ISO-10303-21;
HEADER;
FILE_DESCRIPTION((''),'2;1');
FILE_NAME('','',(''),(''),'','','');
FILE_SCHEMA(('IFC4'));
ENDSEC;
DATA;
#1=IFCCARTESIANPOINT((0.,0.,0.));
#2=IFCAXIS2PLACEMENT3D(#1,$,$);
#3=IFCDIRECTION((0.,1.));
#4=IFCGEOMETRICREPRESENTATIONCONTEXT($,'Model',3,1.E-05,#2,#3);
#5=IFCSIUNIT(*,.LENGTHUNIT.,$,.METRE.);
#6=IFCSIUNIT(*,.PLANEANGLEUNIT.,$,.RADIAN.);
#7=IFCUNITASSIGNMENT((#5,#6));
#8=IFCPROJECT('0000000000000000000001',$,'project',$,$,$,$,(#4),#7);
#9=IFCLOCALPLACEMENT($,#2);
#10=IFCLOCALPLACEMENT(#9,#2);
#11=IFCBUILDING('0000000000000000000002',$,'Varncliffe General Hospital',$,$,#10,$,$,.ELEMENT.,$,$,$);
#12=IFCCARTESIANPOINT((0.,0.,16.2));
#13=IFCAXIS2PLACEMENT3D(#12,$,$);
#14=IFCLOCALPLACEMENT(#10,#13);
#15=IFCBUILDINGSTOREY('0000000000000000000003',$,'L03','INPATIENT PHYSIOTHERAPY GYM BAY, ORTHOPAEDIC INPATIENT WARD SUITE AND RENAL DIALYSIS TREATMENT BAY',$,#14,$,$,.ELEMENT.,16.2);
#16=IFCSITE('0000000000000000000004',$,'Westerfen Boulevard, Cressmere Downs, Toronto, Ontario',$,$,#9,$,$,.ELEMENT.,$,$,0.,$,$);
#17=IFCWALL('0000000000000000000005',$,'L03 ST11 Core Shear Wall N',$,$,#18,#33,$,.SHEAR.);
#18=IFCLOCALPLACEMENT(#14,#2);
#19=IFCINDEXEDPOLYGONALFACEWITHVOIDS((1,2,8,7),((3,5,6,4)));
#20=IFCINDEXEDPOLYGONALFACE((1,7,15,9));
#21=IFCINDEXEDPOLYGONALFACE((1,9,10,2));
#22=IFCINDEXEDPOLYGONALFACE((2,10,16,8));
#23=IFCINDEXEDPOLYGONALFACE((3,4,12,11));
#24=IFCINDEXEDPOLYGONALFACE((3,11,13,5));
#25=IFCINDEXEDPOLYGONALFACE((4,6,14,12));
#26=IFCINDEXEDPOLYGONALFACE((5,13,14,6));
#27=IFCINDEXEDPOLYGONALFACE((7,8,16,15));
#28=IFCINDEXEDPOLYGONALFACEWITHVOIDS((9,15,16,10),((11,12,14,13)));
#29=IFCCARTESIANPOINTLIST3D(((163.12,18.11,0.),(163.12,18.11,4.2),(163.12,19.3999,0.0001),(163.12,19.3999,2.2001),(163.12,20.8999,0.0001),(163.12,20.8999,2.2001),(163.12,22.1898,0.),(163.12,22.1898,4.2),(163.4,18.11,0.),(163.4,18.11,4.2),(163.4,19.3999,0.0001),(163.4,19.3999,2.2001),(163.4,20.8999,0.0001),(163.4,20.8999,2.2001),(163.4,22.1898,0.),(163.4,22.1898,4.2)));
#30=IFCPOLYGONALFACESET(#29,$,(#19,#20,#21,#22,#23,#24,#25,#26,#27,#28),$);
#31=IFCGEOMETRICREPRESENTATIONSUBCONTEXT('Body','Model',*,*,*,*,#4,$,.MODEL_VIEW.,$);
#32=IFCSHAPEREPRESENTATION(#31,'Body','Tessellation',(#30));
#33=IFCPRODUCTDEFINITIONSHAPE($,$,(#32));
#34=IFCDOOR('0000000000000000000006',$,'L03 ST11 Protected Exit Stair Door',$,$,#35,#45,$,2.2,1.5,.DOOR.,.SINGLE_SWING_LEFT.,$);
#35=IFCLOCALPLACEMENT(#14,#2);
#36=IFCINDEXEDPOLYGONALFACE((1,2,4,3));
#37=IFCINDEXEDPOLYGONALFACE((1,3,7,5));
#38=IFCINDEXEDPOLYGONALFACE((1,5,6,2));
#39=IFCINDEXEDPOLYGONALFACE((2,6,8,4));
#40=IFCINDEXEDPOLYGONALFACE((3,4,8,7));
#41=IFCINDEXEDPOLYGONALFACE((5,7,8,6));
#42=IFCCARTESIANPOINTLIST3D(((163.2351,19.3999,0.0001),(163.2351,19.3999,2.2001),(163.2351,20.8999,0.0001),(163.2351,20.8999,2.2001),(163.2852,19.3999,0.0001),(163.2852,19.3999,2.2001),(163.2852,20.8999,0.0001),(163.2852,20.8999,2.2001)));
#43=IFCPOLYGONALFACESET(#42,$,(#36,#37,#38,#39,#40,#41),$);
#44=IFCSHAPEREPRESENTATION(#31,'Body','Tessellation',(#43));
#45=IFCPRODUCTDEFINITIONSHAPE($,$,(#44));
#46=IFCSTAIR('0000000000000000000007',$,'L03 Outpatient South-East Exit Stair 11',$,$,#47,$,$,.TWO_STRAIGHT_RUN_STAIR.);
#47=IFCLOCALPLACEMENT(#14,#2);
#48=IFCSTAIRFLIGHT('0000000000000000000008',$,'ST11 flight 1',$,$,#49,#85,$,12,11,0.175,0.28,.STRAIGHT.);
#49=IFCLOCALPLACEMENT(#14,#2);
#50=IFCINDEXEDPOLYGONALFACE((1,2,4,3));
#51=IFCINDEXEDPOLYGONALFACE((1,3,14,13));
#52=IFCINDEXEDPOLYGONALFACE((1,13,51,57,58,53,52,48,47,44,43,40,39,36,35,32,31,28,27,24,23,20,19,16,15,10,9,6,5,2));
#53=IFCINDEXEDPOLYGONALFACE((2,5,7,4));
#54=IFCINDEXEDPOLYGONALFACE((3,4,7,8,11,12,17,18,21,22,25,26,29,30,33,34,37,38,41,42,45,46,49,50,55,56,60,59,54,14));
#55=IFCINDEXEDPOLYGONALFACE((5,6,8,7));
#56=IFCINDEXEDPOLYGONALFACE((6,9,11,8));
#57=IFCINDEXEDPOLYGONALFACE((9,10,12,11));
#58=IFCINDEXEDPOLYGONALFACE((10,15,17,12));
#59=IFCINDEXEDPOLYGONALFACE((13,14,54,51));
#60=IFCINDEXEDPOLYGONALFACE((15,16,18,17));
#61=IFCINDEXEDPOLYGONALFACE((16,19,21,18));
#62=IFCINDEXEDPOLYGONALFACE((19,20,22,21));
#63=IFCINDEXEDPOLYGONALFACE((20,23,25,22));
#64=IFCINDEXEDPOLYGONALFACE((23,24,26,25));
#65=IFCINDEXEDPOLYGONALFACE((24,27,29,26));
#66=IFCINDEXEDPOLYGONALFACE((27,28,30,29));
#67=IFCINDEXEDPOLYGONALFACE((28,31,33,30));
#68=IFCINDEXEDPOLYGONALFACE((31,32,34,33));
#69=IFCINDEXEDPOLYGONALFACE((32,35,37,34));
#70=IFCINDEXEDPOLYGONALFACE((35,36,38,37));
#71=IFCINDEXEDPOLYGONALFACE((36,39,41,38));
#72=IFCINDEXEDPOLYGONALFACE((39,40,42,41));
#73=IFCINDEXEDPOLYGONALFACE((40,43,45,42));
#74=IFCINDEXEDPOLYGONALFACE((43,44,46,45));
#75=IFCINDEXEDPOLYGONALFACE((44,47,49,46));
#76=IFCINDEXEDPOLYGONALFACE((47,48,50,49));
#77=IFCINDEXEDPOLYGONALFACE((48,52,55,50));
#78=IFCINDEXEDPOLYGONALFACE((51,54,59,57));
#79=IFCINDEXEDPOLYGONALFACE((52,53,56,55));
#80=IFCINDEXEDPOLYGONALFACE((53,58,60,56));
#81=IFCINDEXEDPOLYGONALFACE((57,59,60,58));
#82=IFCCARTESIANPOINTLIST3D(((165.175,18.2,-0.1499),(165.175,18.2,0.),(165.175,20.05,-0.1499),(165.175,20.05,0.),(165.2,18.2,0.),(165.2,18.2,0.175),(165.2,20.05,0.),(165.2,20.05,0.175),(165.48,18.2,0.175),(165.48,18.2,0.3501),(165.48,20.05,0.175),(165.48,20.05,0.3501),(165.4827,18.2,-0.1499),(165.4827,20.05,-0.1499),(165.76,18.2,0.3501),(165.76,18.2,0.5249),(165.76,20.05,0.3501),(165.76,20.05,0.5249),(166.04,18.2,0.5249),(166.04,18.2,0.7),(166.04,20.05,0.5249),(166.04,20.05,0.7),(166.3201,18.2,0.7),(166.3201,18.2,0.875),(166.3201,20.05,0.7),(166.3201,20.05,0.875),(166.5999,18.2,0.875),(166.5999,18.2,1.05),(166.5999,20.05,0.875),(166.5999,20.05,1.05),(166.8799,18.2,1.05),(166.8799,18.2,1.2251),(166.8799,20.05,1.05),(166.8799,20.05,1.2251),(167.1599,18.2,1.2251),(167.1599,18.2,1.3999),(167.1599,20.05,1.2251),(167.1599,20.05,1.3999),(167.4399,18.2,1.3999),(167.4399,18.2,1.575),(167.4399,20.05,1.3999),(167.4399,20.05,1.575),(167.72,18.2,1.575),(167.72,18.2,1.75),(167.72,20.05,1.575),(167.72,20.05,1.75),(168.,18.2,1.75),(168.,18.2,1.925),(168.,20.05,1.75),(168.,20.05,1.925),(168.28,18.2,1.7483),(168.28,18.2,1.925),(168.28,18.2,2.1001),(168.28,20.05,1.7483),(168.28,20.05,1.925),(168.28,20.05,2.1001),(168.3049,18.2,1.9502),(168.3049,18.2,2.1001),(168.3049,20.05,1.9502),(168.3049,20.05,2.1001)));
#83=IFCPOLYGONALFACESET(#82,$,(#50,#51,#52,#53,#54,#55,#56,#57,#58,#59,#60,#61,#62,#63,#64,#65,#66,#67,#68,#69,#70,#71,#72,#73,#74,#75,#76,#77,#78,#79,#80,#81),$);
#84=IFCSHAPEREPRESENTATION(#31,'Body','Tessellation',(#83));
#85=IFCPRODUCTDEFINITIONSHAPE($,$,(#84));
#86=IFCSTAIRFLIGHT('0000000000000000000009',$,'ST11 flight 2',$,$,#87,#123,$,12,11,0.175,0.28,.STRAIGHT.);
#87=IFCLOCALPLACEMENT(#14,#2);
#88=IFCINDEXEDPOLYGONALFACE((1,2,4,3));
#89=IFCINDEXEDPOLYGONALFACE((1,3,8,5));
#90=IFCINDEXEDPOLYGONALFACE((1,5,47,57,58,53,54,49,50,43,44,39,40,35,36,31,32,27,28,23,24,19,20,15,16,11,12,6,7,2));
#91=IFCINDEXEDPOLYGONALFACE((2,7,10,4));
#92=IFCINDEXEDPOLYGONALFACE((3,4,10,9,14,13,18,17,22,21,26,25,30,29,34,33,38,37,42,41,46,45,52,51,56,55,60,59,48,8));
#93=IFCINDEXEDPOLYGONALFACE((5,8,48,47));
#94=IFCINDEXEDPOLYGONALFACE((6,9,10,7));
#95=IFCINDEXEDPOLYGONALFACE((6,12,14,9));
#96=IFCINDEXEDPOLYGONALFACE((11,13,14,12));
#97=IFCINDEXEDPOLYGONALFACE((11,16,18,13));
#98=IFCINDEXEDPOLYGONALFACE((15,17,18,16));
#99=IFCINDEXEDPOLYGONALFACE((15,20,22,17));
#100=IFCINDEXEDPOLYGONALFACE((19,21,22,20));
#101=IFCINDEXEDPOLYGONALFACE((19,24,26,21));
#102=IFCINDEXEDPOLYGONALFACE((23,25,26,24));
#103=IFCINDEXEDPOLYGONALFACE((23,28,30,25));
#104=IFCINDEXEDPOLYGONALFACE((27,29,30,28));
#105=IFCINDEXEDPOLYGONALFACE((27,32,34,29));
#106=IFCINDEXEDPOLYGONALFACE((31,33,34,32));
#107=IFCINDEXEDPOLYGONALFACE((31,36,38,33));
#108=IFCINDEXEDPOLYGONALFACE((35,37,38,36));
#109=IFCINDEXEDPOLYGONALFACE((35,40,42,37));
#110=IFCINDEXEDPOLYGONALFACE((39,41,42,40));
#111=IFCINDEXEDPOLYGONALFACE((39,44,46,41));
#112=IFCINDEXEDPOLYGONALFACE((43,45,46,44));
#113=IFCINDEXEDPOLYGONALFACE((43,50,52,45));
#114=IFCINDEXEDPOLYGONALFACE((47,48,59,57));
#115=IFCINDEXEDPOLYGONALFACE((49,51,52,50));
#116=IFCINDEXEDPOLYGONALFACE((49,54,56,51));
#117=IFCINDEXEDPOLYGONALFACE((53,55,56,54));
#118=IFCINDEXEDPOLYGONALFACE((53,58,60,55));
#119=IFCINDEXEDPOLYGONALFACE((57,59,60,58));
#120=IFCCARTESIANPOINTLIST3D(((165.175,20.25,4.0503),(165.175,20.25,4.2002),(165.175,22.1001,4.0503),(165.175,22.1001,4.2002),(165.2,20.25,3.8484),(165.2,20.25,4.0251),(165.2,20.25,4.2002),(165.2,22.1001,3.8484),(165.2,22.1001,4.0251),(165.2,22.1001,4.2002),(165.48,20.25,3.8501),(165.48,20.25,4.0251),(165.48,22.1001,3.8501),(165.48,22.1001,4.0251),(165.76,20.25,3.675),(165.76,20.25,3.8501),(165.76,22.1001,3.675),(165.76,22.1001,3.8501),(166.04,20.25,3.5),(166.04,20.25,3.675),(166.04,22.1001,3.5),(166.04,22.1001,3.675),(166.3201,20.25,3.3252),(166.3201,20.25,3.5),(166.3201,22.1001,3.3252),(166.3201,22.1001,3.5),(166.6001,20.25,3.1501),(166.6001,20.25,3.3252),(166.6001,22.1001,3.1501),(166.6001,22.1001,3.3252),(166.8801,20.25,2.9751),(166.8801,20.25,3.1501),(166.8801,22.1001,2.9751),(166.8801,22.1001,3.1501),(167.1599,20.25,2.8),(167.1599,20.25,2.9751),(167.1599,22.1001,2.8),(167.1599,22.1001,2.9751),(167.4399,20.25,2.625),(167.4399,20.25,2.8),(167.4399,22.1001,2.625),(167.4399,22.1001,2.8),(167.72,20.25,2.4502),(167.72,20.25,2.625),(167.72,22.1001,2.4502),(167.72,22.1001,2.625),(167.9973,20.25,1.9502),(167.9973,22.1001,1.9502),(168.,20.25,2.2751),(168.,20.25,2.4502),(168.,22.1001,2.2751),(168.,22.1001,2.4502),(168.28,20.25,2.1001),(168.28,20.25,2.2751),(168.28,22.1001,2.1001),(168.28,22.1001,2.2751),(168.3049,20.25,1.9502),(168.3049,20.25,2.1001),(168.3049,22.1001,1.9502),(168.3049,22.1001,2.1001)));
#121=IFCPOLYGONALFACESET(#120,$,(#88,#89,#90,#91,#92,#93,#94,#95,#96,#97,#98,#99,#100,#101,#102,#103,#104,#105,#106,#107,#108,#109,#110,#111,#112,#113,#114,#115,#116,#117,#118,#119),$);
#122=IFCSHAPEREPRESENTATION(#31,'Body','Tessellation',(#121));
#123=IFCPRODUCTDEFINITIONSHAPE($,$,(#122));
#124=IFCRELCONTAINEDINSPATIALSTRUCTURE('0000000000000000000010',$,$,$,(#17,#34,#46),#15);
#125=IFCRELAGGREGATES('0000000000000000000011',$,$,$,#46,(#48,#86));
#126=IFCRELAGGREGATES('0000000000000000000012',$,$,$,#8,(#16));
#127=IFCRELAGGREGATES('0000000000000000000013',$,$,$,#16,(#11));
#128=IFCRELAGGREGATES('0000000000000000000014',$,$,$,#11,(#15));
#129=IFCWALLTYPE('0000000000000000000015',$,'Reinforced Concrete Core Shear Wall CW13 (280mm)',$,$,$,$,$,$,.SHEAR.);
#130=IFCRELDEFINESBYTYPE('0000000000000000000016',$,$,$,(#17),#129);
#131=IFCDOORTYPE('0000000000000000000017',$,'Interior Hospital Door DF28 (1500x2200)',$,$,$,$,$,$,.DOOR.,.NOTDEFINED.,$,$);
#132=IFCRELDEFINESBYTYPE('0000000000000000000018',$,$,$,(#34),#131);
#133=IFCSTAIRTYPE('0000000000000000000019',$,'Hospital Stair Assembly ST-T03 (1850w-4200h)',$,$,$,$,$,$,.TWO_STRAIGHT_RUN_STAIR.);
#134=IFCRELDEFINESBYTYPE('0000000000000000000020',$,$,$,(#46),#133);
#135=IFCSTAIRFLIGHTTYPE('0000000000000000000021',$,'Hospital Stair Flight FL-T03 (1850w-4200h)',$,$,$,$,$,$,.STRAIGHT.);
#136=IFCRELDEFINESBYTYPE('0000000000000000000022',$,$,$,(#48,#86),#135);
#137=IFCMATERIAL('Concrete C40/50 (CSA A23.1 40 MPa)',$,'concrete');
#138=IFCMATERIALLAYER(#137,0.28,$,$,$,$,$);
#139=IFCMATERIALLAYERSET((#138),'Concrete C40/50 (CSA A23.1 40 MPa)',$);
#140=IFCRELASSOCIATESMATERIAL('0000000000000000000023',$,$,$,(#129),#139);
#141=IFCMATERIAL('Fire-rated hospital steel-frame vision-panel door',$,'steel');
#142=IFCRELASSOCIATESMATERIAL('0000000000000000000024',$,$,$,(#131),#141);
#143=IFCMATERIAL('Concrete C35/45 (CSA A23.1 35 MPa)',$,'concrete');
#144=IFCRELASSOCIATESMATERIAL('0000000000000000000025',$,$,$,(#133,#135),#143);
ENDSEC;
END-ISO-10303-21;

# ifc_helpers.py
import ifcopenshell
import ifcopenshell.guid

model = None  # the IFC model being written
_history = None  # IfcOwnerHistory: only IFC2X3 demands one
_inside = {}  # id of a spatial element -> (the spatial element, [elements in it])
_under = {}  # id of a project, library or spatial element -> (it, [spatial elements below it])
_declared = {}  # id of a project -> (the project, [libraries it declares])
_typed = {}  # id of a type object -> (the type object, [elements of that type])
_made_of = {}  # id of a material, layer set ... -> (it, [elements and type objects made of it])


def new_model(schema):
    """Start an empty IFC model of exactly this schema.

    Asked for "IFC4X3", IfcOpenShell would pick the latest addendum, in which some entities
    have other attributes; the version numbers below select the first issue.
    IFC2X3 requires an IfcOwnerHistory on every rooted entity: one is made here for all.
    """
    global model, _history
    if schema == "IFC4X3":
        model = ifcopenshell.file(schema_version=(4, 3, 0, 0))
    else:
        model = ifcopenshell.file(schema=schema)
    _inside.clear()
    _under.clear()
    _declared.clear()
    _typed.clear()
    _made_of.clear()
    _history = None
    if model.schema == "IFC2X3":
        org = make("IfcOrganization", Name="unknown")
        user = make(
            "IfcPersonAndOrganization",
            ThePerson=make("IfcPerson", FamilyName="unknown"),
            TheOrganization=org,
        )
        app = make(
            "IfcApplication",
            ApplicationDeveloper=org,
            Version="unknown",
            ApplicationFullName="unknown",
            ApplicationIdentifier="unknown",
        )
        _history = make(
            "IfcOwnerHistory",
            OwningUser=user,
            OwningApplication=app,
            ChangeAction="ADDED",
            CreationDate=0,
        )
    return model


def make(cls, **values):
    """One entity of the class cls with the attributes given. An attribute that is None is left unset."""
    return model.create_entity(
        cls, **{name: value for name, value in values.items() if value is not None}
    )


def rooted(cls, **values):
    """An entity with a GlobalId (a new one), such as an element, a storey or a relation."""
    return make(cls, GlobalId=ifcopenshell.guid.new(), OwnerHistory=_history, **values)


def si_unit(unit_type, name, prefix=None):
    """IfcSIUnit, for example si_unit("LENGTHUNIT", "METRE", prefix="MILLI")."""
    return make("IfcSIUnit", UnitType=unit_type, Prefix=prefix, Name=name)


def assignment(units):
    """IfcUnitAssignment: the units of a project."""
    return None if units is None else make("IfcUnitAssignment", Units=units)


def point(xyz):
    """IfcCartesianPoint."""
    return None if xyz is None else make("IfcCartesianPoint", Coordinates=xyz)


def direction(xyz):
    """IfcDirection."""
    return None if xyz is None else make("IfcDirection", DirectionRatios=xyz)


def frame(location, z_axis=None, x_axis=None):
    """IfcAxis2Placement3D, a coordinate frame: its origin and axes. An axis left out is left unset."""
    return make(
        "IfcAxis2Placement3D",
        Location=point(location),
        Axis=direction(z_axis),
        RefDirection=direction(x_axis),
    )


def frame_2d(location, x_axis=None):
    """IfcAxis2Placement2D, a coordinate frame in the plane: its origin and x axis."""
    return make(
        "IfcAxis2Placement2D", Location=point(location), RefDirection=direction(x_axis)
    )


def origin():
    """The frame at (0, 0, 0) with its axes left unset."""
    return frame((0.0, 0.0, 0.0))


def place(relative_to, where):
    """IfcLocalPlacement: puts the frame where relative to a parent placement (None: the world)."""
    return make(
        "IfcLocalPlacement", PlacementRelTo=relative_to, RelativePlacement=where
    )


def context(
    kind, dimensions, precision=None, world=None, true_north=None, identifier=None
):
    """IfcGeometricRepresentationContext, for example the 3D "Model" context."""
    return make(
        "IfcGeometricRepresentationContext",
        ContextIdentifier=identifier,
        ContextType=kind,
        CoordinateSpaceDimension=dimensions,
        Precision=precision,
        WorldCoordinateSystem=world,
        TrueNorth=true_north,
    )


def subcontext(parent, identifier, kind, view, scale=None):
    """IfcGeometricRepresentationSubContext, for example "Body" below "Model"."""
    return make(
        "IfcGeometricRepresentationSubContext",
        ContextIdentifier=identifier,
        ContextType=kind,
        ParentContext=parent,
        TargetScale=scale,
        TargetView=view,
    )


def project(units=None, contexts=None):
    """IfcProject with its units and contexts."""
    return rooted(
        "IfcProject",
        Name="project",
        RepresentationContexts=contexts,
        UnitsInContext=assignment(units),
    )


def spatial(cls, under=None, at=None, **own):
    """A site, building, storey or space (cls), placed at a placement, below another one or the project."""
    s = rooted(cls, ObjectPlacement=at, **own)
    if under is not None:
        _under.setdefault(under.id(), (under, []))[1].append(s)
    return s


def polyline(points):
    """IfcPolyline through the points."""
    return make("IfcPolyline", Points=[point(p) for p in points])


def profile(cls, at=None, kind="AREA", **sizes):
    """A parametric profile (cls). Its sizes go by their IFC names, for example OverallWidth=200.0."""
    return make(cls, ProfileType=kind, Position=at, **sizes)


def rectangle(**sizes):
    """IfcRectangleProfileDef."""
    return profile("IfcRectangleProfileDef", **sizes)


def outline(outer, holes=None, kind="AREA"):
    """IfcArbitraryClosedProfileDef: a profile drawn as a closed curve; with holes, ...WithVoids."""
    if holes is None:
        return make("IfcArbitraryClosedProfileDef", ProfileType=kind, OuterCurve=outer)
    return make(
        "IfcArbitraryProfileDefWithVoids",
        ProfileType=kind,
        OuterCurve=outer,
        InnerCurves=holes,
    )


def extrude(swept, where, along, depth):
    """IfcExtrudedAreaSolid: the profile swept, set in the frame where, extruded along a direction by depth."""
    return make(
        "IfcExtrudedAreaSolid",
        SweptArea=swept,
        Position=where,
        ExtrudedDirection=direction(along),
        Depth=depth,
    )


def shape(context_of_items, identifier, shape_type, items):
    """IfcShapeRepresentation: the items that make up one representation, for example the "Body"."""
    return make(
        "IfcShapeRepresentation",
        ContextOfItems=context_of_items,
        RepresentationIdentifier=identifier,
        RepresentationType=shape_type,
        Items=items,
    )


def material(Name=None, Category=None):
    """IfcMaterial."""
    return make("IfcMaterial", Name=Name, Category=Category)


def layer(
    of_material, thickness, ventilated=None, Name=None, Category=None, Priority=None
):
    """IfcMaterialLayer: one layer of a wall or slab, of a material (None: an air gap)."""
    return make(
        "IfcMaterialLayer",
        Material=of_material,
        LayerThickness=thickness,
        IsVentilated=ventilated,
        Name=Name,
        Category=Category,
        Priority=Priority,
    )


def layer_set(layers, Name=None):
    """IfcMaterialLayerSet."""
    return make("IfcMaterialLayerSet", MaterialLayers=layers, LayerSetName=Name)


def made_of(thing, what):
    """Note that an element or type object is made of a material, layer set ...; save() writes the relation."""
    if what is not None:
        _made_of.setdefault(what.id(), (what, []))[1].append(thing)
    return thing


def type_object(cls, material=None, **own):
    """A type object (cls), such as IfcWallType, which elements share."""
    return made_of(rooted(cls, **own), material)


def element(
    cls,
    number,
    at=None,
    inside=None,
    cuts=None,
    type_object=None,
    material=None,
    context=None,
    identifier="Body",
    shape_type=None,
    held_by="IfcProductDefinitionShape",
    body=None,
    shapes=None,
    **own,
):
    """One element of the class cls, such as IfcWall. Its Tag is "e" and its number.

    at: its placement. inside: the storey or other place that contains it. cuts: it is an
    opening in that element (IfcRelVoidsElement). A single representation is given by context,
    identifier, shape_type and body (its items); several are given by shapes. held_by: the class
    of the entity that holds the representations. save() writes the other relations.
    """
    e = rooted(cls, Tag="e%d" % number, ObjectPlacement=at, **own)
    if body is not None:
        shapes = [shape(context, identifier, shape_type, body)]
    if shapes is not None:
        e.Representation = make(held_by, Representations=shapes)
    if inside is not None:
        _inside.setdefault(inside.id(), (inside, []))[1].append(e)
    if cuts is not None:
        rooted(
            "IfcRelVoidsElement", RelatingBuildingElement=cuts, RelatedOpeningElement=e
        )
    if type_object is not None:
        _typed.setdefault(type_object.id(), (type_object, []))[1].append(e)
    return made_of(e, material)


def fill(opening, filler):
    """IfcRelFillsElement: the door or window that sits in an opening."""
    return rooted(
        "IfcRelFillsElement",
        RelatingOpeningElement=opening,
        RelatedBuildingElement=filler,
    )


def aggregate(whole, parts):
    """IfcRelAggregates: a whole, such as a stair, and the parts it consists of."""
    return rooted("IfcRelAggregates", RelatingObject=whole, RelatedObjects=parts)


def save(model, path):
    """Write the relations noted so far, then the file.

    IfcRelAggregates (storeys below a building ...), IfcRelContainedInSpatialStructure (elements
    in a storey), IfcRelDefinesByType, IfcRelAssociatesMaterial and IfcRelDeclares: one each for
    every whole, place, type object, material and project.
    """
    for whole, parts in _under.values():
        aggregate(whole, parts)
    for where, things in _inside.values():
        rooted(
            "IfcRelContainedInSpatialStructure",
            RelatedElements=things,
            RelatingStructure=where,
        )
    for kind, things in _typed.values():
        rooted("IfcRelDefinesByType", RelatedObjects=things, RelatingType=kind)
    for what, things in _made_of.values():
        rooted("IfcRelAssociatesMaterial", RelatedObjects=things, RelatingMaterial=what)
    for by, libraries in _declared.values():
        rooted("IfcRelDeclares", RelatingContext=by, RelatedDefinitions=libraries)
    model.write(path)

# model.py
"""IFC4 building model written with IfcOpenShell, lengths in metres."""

from ifc_helpers import new_model, si_unit, direction, frame, frame_2d, origin, place, context, subcontext, project, spatial, polyline, rectangle, outline, extrude, material, layer, layer_set, type_object, element, fill, aggregate, save


model = new_model("IFC4")

# Units and contexts
model_context = context("Model", 3, precision=1e-05, world=origin(), true_north=direction((0.0, 1.0)))
body_context = subcontext(model_context, "Body", "Model", "MODEL_VIEW")
ifc_project = project(units=[si_unit("LENGTHUNIT", "METRE"), si_unit("PLANEANGLEUNIT", "RADIAN")], contexts=[model_context])

# Site, building, storey
site_placement = place(None, origin())
site = spatial("IfcSite", under=ifc_project, at=site_placement, Name="Westerfen Boulevard, Cressmere Downs, Toronto, Ontario", CompositionType="ELEMENT", RefElevation=0.0)
building_placement = place(site_placement, origin())
building = spatial("IfcBuilding", under=site, at=building_placement, Name="Varncliffe General Hospital", CompositionType="ELEMENT")
storey_placement = place(building_placement, frame((0.0, 0.0, 16.2)))
storey = spatial("IfcBuildingStorey", under=building, at=storey_placement, Name="L03", Description="INPATIENT PHYSIOTHERAPY GYM BAY, ORTHOPAEDIC INPATIENT WARD SUITE AND RENAL DIALYSIS TREATMENT BAY", CompositionType="ELEMENT", Elevation=16.2)

# Shared definitions
ifc_material_1 = material(Name="Concrete C40/50 (CSA A23.1 40 MPa)", Category="concrete")

# Shared definitions
ifc_material_2 = material(Name="Concrete C35/45 (CSA A23.1 35 MPa)", Category="concrete")

# Shared definitions
ifc_material_3 = material(Name="Fire-rated hospital steel-frame vision-panel door", Category="steel")

# Shared definitions
ifc_layer_1 = layer(ifc_material_1, 0.28)
ifc_layer_set_1 = layer_set([ifc_layer_1], Name="Concrete C40/50 (CSA A23.1 40 MPa)")
wall_type_1 = type_object("IfcWallType", Name="Reinforced Concrete Core Shear Wall CW13 (280mm)", PredefinedType="SHEAR", material=ifc_layer_set_1)

# Wall, opening, door
wall_1_placement = place(storey_placement, frame((163.26, 22.1899, 0.0), z_axis=(0.0, 0.0, 1.0), x_axis=(0.0, -1.0, 0.0)))
wall_1 = element("IfcWall", 1, at=wall_1_placement, inside=storey, type_object=wall_type_1, Name="L03 ST11 Core Shear Wall N", PredefinedType="SHEAR", context=body_context, shape_type="SweptSolid", body=[
    extrude(rectangle(XDim=4.0798, YDim=0.28, at=frame_2d((2.04, 0.0))), origin(), (0.0, 0.0, 1.0), 4.2),
])
opening_1_placement = place(wall_1_placement, frame((1.29, 0.0, 0.0)))
opening_1 = element("IfcOpeningElement", 2, at=opening_1_placement, cuts=wall_1, PredefinedType="OPENING", context=body_context, shape_type="SweptSolid", body=[
    extrude(rectangle(XDim=1.5, YDim=2.2, at=frame_2d((0.75, 1.1001))), frame((0.0, 0.1499, 0.0), z_axis=(0.0, -1.0, 0.0), x_axis=(1.0, 0.0, 0.0)), (0.0, 0.0, 1.0), 0.3),
])
door_type_1 = type_object("IfcDoorType", Name="Interior Hospital Door DF28 (1500x2200)", OperationType="NOTDEFINED", PredefinedType="DOOR", material=ifc_material_3)
door_1_placement = place(opening_1_placement, frame((1.5, 0.0, 0.0), z_axis=(0.0, 0.0, 1.0), x_axis=(-1.0, 0.0, 0.0)))
door_1 = element("IfcDoor", 3, at=door_1_placement, inside=storey, type_object=door_type_1, Name="L03 ST11 Protected Exit Stair Door", OperationType="SINGLE_SWING_LEFT", OverallHeight=2.2, OverallWidth=1.5, PredefinedType="DOOR", context=body_context, shape_type="SweptSolid", body=[
    extrude(rectangle(XDim=1.5, YDim=2.2, at=frame_2d((0.75, 1.1001))), frame((0.0, 0.0249, 0.0), z_axis=(0.0, -1.0, 0.0), x_axis=(1.0, 0.0, 0.0)), (0.0, 0.0, 1.0), 0.05),
])
fill(opening_1, door_1)

# Stair, stair flights
stair_type = type_object("IfcStairType", Name="Hospital Stair Assembly ST-T03 (1850w-4200h)", PredefinedType="TWO_STRAIGHT_RUN_STAIR", material=ifc_material_2)
stair_placement = place(storey_placement, origin())
stair = element("IfcStair", 4, at=stair_placement, inside=storey, type_object=stair_type, Name="L03 Outpatient South-East Exit Stair 11", PredefinedType="TWO_STRAIGHT_RUN_STAIR")
stair_flight_type = type_object("IfcStairFlightType", Name="Hospital Stair Flight FL-T03 (1850w-4200h)", PredefinedType="STRAIGHT", material=ifc_material_2)
stair_flight_1_placement = place(storey_placement, frame((165.2, 19.125, 0.0), z_axis=(0.0, 0.0, 1.0), x_axis=(1.0, 0.0, 0.0)))
stair_flight_1 = element("IfcStairFlight", 5, at=stair_flight_1_placement, type_object=stair_flight_type, Name="ST11 flight 1", NumberOfRisers=12, NumberOfTreads=11, PredefinedType="STRAIGHT", RiserHeight=0.175, TreadLength=0.28, context=body_context, shape_type="SweptSolid", body=[
    extrude(outline(polyline([(-0.0249, -0.1499), (-0.0249, 0.0), (0.0, 0.0), (0.0, 0.175), (0.28, 0.175), (0.28, 0.3501), (0.5601, 0.3501), (0.5601, 0.5249), (0.8401, 0.5249), (0.8401, 0.7), (1.1201, 0.7), (1.1201, 0.875), (1.3999, 0.875), (1.3999, 1.05), (1.6799, 1.05), (1.6799, 1.2251), (1.96, 1.2251), (1.96, 1.3999), (2.24, 1.3999), (2.24, 1.575), (2.52, 1.575), (2.52, 1.75), (2.8, 1.75), (2.8, 1.925), (3.0801, 1.925), (3.0801, 2.1001), (3.105, 2.1001), (3.105, 1.9502), (3.0801, 1.7483), (0.2827, -0.1499), (-0.0249, -0.1499)])), frame((0.0, 0.925, 0.0), z_axis=(0.0, -1.0, 0.0), x_axis=(1.0, 0.0, 0.0)), (0.0, 0.0, 1.0), 1.8501),
])
stair_flight_2_placement = place(storey_placement, frame((168.28, 21.175, 2.1001), z_axis=(0.0, 0.0, 1.0), x_axis=(-1.0, 0.0, 0.0)))
stair_flight_2 = element("IfcStairFlight", 6, at=stair_flight_2_placement, type_object=stair_flight_type, Name="ST11 flight 2", NumberOfRisers=12, NumberOfTreads=11, PredefinedType="STRAIGHT", RiserHeight=0.175, TreadLength=0.28, context=body_context, shape_type="SweptSolid", body=[
    extrude(outline(polyline([(-0.0249, -0.1499), (-0.0249, 0.0), (0.0, 0.0), (0.0, 0.175), (0.28, 0.175), (0.28, 0.3501), (0.5601, 0.3501), (0.5601, 0.5249), (0.8401, 0.5249), (0.8401, 0.7), (1.1201, 0.7), (1.1201, 0.875), (1.3999, 0.875), (1.3999, 1.05), (1.6799, 1.05), (1.6799, 1.2251), (1.96, 1.2251), (1.96, 1.3999), (2.24, 1.3999), (2.24, 1.575), (2.52, 1.575), (2.52, 1.75), (2.8, 1.75), (2.8, 1.925), (3.0801, 1.925), (3.0801, 2.1001), (3.105, 2.1001), (3.105, 1.9502), (3.0801, 1.7483), (0.2827, -0.1499), (-0.0249, -0.1499)])), frame((0.0, 0.925, 0.0), z_axis=(0.0, -1.0, 0.0), x_axis=(1.0, 0.0, 0.0)), (0.0, 0.0, 1.0), 1.8501),
])
aggregate(stair, [stair_flight_1, stair_flight_2])

save(model, "model.ifc")
